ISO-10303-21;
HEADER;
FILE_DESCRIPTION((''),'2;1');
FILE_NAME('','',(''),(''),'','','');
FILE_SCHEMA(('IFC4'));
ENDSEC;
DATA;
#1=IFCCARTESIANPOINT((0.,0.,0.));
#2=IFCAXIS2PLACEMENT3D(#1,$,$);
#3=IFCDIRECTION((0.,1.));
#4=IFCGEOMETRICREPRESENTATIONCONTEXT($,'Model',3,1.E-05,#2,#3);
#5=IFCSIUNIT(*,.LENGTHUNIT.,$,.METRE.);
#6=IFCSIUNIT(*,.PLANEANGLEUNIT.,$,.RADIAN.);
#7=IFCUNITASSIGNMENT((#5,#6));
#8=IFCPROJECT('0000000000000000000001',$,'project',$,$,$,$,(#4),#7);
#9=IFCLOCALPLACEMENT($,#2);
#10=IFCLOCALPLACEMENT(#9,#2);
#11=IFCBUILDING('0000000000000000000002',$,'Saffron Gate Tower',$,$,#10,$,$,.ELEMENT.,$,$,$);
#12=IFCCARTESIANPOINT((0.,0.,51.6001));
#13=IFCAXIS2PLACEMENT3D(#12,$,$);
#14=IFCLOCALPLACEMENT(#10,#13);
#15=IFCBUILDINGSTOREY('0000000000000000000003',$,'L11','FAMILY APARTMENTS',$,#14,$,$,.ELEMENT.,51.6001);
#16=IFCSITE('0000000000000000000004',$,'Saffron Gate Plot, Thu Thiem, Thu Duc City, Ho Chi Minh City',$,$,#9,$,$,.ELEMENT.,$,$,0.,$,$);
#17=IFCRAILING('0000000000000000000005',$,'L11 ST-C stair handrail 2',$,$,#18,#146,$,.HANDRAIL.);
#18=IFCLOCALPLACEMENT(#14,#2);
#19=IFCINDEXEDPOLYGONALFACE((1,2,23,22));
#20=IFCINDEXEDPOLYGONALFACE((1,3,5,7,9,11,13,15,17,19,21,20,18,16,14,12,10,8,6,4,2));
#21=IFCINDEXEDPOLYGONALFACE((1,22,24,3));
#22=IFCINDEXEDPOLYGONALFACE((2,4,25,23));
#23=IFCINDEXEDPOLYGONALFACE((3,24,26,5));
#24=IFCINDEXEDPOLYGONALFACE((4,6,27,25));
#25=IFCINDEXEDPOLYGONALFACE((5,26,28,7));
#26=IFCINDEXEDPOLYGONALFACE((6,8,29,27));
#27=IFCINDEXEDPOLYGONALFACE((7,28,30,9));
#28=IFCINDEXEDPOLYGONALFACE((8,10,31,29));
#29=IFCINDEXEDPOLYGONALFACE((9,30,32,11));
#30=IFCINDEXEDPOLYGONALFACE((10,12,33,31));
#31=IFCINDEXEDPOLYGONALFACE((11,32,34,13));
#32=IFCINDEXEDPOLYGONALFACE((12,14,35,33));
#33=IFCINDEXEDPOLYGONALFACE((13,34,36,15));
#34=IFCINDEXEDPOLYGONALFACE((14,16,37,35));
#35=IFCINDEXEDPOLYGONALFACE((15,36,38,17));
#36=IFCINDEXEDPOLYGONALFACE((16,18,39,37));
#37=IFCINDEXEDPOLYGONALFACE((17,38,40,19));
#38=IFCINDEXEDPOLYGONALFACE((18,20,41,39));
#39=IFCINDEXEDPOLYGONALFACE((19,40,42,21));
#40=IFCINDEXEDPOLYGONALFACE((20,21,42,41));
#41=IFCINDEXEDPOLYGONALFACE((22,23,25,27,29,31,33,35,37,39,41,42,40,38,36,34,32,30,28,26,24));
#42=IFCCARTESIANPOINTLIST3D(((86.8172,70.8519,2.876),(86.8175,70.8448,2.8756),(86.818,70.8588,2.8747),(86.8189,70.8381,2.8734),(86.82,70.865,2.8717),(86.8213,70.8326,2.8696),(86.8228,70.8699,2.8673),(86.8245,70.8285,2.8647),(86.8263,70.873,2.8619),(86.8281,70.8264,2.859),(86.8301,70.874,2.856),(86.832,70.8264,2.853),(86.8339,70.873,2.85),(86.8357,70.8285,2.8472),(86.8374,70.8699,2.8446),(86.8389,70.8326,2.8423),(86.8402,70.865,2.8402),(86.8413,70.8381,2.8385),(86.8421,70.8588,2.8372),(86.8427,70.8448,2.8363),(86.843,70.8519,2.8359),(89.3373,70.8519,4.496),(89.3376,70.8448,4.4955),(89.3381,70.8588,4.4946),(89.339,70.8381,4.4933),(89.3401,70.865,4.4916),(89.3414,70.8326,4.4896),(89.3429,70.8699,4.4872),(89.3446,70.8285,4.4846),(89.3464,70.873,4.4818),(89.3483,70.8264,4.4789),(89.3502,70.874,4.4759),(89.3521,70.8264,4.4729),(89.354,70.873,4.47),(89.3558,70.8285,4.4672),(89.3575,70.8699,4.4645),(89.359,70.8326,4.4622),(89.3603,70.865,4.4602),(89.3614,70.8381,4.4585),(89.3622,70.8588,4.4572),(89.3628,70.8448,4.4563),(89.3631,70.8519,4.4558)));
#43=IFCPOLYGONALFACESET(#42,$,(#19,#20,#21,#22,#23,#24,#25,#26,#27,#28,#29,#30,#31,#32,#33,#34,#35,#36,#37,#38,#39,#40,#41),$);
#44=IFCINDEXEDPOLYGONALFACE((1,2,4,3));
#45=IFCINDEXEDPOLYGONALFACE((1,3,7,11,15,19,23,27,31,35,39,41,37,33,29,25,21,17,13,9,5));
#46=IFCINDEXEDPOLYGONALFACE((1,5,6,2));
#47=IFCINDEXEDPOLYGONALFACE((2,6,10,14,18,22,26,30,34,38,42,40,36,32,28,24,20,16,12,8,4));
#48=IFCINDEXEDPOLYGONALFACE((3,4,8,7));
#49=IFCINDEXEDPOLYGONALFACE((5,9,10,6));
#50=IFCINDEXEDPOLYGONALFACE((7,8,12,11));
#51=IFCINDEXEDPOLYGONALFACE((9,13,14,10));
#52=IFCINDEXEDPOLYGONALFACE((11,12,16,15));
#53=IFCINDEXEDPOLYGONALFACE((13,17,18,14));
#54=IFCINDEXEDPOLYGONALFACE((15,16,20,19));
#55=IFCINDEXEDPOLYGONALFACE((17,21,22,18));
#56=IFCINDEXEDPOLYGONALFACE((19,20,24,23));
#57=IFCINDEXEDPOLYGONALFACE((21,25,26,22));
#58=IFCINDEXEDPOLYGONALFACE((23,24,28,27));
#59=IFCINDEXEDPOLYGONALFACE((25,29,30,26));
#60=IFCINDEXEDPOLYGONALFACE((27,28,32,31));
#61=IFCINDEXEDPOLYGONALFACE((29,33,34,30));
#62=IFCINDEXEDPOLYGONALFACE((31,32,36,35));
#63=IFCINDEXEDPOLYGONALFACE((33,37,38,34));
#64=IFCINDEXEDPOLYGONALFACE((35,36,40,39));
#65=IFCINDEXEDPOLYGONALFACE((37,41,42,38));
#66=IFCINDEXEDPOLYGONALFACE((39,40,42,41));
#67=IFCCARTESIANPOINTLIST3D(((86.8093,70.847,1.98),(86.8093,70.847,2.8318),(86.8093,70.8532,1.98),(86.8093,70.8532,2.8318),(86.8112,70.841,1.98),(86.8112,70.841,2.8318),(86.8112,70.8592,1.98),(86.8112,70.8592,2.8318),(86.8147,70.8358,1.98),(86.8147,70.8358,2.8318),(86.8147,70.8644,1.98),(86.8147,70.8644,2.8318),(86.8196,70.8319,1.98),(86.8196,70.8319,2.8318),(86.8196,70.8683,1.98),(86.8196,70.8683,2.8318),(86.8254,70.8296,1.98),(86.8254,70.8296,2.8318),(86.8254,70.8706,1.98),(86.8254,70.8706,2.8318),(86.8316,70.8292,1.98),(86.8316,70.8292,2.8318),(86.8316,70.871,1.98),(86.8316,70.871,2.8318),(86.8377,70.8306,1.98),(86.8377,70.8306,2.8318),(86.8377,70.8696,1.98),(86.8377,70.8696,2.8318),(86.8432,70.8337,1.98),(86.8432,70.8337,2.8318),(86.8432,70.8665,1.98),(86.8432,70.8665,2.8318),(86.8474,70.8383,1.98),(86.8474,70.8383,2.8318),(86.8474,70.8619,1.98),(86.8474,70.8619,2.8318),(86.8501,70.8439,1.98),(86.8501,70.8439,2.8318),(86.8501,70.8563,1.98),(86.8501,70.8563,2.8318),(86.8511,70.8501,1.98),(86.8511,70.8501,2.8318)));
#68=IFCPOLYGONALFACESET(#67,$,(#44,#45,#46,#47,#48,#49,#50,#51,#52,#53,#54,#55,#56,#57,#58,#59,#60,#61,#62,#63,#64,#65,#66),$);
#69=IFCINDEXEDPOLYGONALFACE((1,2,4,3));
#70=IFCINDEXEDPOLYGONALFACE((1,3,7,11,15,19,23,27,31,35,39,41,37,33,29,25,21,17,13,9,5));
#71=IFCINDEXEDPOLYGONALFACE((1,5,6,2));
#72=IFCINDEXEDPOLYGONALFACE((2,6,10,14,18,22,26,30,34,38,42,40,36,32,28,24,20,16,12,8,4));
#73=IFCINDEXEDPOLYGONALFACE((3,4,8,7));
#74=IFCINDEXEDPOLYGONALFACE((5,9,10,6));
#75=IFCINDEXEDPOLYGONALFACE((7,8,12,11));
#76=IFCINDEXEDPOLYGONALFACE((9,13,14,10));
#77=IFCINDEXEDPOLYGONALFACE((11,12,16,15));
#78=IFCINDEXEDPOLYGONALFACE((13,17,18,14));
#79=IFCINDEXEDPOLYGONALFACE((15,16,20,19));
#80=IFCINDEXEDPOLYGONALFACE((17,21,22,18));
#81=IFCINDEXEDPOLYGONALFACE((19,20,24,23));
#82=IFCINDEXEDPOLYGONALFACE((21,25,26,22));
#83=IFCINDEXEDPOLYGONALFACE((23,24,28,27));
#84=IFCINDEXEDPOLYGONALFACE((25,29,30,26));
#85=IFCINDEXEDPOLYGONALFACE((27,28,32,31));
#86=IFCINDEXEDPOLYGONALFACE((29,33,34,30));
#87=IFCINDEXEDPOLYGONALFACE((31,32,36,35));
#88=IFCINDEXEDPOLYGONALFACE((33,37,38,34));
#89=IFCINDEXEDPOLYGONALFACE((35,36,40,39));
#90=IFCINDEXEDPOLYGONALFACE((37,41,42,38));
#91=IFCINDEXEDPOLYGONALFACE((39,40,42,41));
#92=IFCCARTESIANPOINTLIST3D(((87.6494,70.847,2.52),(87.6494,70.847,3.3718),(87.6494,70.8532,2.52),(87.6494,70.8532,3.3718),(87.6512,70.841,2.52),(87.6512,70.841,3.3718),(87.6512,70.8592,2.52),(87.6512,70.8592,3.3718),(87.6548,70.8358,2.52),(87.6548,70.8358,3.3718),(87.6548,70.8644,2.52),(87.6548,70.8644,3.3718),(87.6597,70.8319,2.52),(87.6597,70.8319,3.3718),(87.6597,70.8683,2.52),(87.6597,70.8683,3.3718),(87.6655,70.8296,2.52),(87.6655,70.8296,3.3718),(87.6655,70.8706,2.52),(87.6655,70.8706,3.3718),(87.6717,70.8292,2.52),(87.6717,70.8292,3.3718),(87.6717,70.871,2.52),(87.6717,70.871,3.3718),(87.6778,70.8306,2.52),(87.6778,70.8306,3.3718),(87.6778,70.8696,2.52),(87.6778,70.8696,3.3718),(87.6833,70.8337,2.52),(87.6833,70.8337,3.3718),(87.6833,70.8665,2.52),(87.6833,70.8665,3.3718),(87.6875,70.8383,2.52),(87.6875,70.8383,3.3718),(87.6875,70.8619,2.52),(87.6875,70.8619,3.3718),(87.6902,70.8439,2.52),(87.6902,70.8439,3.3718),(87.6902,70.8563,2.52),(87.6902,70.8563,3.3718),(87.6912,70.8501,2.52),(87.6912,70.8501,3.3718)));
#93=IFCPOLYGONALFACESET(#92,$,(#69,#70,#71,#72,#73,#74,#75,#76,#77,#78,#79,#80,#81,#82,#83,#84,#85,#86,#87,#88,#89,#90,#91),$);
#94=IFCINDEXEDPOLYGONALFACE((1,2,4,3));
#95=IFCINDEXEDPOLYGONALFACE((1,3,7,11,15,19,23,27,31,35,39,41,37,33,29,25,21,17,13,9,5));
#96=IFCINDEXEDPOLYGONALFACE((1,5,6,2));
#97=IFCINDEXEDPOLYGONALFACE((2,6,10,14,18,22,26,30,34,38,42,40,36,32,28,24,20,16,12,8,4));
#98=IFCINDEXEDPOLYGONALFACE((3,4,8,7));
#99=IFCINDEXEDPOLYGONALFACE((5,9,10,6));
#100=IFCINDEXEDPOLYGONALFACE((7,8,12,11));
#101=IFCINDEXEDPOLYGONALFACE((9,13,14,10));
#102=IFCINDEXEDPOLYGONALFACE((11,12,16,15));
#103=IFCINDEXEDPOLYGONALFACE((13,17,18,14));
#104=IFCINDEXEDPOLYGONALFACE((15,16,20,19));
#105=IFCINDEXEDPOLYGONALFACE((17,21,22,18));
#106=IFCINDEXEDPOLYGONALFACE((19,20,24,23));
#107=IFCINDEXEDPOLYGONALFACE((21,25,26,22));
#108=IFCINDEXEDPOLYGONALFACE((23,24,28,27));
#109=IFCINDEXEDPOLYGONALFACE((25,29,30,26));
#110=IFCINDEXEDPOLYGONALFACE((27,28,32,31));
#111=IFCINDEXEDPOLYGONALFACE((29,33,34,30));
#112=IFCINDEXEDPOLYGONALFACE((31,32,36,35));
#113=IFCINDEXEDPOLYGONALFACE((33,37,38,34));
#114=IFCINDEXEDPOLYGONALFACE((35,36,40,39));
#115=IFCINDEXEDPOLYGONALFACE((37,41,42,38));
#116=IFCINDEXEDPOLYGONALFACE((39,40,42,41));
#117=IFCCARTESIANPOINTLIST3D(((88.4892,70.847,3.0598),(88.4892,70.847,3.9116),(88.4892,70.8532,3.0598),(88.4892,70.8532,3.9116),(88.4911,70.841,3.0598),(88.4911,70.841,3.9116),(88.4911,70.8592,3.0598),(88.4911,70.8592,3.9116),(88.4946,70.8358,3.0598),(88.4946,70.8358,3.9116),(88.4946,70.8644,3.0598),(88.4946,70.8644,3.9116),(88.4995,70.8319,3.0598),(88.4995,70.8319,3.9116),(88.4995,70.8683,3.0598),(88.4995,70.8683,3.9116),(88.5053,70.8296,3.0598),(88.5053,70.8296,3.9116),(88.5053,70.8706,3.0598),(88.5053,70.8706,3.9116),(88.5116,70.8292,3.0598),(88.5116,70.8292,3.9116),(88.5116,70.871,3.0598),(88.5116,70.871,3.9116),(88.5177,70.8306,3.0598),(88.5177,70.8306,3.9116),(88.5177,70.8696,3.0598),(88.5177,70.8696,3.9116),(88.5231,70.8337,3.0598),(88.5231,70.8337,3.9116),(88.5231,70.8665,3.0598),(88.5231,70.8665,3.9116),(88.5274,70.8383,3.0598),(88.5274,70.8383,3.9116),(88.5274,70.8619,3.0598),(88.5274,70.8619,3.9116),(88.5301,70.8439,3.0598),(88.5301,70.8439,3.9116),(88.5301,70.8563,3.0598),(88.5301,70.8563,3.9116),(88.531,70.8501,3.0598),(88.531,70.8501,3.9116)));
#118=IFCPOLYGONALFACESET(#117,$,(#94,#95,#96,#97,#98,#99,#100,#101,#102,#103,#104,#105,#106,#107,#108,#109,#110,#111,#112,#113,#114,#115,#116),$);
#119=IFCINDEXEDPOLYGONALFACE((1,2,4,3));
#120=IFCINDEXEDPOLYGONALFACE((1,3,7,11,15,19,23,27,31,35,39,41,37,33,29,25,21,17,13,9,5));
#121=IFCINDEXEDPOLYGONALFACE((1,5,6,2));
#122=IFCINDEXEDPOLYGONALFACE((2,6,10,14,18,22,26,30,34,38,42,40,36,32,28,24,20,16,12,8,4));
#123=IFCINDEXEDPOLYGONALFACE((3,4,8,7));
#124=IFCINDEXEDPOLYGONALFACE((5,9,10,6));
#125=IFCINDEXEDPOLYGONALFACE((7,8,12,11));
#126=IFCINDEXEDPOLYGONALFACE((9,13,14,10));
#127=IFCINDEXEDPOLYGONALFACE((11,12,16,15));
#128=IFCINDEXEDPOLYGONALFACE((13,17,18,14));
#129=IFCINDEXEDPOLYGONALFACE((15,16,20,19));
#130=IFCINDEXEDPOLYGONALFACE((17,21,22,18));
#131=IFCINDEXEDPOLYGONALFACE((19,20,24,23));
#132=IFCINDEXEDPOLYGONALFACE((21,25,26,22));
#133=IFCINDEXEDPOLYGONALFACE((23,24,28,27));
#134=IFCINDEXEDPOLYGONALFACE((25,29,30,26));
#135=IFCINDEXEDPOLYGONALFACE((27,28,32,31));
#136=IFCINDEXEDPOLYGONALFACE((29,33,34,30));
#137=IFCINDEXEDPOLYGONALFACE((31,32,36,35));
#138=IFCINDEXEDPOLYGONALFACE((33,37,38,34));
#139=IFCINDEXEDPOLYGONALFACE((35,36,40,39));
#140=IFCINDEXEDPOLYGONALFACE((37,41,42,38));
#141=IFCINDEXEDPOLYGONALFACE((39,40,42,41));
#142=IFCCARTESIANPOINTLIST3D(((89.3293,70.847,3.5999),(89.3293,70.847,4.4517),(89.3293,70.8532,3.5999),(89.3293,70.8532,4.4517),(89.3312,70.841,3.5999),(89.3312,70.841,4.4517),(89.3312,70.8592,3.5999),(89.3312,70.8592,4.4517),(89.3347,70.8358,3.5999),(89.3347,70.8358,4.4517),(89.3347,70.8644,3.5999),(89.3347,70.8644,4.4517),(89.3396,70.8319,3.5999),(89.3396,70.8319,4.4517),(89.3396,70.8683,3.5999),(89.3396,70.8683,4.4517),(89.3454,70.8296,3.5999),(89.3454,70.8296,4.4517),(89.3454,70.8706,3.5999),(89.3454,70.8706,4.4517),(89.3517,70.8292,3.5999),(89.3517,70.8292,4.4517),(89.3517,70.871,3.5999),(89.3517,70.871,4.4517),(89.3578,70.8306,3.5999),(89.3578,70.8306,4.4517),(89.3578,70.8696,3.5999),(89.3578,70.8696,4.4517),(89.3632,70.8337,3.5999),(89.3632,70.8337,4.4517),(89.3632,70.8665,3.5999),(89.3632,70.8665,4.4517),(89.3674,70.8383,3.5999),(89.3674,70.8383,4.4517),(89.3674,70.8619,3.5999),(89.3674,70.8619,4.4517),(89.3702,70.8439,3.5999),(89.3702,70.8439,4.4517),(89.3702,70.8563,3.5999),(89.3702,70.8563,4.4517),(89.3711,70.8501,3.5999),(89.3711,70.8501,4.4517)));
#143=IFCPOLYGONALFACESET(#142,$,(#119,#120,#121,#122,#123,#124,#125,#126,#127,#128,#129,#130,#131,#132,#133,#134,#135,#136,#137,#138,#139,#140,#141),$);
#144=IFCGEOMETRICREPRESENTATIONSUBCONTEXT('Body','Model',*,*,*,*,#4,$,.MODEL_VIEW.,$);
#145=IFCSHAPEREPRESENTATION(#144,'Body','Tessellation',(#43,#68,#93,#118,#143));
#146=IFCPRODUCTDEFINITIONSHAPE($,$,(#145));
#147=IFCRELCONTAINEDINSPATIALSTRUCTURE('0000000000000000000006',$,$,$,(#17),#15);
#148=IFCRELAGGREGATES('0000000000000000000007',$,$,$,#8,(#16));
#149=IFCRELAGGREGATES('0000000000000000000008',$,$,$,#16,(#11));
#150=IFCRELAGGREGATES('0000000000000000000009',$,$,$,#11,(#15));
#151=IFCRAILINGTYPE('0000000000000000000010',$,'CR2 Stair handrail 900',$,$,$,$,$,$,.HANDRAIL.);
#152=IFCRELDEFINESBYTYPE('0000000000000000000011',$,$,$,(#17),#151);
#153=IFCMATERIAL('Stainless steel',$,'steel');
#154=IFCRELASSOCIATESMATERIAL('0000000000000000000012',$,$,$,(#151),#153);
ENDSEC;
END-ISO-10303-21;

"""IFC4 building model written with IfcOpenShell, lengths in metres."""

from ifc_helpers import new_model, si_unit, direction, frame, origin, origin_2d, place, context, subcontext, project, spatial, circle, extrude, material, type_object, element, save


model = new_model("IFC4")

# Units and contexts
model_context = context("Model", 3, precision=1e-05, world=origin(), true_north=direction((0.0, 1.0)))
body_context = subcontext(model_context, "Body", "Model", "MODEL_VIEW")
ifc_project = project(units=[si_unit("LENGTHUNIT", "METRE"), si_unit("PLANEANGLEUNIT", "RADIAN")], contexts=[model_context])

# Site, building, storey
site_placement = place(None, origin())
site = spatial("IfcSite", under=ifc_project, at=site_placement, Name="Saffron Gate Plot, Thu Thiem, Thu Duc City, Ho Chi Minh City", CompositionType="ELEMENT", RefElevation=0.0)
building_placement = place(site_placement, origin())
building = spatial("IfcBuilding", under=site, at=building_placement, Name="Saffron Gate Tower", CompositionType="ELEMENT")
storey_placement = place(building_placement, frame((0.0, 0.0, 51.6001)))
storey = spatial("IfcBuildingStorey", under=building, at=storey_placement, Name="L11", Description="FAMILY APARTMENTS", CompositionType="ELEMENT", Elevation=51.6001)

# Railing
ifc_material_1 = material(Name="Stainless steel", Category="steel")
railing_type_1 = type_object("IfcRailingType", Name="CR2 Stair handrail 900", PredefinedType="HANDRAIL", material=ifc_material_1)
railing_1_placement = place(storey_placement, frame((86.8301, 70.8501, 1.98)))
element("IfcRailing", 1, at=railing_1_placement, inside=storey, type_object=railing_type_1, Name="L11 ST-C stair handrail 2", PredefinedType="HANDRAIL", context=body_context, shape_type="SweptSolid", body=[
    extrude(circle(Radius=0.0239, at=origin_2d()), frame((0.0, 0.0, 0.876), z_axis=(0.8412, 0.0, 0.540725), x_axis=(0.0, 1.0, 0.0)), (0.0, 0.0, 1.0), 2.9958),
    extrude(circle(Radius=0.021, at=origin_2d()), origin(), (0.0, 0.0, 1.0), 0.8518),
    extrude(circle(Radius=0.021, at=origin_2d()), frame((0.8401, 0.0, 0.54)), (0.0, 0.0, 1.0), 0.8518),
    extrude(circle(Radius=0.021, at=origin_2d()), frame((1.6799, 0.0, 1.0798)), (0.0, 0.0, 1.0), 0.8518),
    extrude(circle(Radius=0.021, at=origin_2d()), frame((2.52, 0.0, 1.6199)), (0.0, 0.0, 1.0), 0.8518),
])

save(model, "model.ifc")
